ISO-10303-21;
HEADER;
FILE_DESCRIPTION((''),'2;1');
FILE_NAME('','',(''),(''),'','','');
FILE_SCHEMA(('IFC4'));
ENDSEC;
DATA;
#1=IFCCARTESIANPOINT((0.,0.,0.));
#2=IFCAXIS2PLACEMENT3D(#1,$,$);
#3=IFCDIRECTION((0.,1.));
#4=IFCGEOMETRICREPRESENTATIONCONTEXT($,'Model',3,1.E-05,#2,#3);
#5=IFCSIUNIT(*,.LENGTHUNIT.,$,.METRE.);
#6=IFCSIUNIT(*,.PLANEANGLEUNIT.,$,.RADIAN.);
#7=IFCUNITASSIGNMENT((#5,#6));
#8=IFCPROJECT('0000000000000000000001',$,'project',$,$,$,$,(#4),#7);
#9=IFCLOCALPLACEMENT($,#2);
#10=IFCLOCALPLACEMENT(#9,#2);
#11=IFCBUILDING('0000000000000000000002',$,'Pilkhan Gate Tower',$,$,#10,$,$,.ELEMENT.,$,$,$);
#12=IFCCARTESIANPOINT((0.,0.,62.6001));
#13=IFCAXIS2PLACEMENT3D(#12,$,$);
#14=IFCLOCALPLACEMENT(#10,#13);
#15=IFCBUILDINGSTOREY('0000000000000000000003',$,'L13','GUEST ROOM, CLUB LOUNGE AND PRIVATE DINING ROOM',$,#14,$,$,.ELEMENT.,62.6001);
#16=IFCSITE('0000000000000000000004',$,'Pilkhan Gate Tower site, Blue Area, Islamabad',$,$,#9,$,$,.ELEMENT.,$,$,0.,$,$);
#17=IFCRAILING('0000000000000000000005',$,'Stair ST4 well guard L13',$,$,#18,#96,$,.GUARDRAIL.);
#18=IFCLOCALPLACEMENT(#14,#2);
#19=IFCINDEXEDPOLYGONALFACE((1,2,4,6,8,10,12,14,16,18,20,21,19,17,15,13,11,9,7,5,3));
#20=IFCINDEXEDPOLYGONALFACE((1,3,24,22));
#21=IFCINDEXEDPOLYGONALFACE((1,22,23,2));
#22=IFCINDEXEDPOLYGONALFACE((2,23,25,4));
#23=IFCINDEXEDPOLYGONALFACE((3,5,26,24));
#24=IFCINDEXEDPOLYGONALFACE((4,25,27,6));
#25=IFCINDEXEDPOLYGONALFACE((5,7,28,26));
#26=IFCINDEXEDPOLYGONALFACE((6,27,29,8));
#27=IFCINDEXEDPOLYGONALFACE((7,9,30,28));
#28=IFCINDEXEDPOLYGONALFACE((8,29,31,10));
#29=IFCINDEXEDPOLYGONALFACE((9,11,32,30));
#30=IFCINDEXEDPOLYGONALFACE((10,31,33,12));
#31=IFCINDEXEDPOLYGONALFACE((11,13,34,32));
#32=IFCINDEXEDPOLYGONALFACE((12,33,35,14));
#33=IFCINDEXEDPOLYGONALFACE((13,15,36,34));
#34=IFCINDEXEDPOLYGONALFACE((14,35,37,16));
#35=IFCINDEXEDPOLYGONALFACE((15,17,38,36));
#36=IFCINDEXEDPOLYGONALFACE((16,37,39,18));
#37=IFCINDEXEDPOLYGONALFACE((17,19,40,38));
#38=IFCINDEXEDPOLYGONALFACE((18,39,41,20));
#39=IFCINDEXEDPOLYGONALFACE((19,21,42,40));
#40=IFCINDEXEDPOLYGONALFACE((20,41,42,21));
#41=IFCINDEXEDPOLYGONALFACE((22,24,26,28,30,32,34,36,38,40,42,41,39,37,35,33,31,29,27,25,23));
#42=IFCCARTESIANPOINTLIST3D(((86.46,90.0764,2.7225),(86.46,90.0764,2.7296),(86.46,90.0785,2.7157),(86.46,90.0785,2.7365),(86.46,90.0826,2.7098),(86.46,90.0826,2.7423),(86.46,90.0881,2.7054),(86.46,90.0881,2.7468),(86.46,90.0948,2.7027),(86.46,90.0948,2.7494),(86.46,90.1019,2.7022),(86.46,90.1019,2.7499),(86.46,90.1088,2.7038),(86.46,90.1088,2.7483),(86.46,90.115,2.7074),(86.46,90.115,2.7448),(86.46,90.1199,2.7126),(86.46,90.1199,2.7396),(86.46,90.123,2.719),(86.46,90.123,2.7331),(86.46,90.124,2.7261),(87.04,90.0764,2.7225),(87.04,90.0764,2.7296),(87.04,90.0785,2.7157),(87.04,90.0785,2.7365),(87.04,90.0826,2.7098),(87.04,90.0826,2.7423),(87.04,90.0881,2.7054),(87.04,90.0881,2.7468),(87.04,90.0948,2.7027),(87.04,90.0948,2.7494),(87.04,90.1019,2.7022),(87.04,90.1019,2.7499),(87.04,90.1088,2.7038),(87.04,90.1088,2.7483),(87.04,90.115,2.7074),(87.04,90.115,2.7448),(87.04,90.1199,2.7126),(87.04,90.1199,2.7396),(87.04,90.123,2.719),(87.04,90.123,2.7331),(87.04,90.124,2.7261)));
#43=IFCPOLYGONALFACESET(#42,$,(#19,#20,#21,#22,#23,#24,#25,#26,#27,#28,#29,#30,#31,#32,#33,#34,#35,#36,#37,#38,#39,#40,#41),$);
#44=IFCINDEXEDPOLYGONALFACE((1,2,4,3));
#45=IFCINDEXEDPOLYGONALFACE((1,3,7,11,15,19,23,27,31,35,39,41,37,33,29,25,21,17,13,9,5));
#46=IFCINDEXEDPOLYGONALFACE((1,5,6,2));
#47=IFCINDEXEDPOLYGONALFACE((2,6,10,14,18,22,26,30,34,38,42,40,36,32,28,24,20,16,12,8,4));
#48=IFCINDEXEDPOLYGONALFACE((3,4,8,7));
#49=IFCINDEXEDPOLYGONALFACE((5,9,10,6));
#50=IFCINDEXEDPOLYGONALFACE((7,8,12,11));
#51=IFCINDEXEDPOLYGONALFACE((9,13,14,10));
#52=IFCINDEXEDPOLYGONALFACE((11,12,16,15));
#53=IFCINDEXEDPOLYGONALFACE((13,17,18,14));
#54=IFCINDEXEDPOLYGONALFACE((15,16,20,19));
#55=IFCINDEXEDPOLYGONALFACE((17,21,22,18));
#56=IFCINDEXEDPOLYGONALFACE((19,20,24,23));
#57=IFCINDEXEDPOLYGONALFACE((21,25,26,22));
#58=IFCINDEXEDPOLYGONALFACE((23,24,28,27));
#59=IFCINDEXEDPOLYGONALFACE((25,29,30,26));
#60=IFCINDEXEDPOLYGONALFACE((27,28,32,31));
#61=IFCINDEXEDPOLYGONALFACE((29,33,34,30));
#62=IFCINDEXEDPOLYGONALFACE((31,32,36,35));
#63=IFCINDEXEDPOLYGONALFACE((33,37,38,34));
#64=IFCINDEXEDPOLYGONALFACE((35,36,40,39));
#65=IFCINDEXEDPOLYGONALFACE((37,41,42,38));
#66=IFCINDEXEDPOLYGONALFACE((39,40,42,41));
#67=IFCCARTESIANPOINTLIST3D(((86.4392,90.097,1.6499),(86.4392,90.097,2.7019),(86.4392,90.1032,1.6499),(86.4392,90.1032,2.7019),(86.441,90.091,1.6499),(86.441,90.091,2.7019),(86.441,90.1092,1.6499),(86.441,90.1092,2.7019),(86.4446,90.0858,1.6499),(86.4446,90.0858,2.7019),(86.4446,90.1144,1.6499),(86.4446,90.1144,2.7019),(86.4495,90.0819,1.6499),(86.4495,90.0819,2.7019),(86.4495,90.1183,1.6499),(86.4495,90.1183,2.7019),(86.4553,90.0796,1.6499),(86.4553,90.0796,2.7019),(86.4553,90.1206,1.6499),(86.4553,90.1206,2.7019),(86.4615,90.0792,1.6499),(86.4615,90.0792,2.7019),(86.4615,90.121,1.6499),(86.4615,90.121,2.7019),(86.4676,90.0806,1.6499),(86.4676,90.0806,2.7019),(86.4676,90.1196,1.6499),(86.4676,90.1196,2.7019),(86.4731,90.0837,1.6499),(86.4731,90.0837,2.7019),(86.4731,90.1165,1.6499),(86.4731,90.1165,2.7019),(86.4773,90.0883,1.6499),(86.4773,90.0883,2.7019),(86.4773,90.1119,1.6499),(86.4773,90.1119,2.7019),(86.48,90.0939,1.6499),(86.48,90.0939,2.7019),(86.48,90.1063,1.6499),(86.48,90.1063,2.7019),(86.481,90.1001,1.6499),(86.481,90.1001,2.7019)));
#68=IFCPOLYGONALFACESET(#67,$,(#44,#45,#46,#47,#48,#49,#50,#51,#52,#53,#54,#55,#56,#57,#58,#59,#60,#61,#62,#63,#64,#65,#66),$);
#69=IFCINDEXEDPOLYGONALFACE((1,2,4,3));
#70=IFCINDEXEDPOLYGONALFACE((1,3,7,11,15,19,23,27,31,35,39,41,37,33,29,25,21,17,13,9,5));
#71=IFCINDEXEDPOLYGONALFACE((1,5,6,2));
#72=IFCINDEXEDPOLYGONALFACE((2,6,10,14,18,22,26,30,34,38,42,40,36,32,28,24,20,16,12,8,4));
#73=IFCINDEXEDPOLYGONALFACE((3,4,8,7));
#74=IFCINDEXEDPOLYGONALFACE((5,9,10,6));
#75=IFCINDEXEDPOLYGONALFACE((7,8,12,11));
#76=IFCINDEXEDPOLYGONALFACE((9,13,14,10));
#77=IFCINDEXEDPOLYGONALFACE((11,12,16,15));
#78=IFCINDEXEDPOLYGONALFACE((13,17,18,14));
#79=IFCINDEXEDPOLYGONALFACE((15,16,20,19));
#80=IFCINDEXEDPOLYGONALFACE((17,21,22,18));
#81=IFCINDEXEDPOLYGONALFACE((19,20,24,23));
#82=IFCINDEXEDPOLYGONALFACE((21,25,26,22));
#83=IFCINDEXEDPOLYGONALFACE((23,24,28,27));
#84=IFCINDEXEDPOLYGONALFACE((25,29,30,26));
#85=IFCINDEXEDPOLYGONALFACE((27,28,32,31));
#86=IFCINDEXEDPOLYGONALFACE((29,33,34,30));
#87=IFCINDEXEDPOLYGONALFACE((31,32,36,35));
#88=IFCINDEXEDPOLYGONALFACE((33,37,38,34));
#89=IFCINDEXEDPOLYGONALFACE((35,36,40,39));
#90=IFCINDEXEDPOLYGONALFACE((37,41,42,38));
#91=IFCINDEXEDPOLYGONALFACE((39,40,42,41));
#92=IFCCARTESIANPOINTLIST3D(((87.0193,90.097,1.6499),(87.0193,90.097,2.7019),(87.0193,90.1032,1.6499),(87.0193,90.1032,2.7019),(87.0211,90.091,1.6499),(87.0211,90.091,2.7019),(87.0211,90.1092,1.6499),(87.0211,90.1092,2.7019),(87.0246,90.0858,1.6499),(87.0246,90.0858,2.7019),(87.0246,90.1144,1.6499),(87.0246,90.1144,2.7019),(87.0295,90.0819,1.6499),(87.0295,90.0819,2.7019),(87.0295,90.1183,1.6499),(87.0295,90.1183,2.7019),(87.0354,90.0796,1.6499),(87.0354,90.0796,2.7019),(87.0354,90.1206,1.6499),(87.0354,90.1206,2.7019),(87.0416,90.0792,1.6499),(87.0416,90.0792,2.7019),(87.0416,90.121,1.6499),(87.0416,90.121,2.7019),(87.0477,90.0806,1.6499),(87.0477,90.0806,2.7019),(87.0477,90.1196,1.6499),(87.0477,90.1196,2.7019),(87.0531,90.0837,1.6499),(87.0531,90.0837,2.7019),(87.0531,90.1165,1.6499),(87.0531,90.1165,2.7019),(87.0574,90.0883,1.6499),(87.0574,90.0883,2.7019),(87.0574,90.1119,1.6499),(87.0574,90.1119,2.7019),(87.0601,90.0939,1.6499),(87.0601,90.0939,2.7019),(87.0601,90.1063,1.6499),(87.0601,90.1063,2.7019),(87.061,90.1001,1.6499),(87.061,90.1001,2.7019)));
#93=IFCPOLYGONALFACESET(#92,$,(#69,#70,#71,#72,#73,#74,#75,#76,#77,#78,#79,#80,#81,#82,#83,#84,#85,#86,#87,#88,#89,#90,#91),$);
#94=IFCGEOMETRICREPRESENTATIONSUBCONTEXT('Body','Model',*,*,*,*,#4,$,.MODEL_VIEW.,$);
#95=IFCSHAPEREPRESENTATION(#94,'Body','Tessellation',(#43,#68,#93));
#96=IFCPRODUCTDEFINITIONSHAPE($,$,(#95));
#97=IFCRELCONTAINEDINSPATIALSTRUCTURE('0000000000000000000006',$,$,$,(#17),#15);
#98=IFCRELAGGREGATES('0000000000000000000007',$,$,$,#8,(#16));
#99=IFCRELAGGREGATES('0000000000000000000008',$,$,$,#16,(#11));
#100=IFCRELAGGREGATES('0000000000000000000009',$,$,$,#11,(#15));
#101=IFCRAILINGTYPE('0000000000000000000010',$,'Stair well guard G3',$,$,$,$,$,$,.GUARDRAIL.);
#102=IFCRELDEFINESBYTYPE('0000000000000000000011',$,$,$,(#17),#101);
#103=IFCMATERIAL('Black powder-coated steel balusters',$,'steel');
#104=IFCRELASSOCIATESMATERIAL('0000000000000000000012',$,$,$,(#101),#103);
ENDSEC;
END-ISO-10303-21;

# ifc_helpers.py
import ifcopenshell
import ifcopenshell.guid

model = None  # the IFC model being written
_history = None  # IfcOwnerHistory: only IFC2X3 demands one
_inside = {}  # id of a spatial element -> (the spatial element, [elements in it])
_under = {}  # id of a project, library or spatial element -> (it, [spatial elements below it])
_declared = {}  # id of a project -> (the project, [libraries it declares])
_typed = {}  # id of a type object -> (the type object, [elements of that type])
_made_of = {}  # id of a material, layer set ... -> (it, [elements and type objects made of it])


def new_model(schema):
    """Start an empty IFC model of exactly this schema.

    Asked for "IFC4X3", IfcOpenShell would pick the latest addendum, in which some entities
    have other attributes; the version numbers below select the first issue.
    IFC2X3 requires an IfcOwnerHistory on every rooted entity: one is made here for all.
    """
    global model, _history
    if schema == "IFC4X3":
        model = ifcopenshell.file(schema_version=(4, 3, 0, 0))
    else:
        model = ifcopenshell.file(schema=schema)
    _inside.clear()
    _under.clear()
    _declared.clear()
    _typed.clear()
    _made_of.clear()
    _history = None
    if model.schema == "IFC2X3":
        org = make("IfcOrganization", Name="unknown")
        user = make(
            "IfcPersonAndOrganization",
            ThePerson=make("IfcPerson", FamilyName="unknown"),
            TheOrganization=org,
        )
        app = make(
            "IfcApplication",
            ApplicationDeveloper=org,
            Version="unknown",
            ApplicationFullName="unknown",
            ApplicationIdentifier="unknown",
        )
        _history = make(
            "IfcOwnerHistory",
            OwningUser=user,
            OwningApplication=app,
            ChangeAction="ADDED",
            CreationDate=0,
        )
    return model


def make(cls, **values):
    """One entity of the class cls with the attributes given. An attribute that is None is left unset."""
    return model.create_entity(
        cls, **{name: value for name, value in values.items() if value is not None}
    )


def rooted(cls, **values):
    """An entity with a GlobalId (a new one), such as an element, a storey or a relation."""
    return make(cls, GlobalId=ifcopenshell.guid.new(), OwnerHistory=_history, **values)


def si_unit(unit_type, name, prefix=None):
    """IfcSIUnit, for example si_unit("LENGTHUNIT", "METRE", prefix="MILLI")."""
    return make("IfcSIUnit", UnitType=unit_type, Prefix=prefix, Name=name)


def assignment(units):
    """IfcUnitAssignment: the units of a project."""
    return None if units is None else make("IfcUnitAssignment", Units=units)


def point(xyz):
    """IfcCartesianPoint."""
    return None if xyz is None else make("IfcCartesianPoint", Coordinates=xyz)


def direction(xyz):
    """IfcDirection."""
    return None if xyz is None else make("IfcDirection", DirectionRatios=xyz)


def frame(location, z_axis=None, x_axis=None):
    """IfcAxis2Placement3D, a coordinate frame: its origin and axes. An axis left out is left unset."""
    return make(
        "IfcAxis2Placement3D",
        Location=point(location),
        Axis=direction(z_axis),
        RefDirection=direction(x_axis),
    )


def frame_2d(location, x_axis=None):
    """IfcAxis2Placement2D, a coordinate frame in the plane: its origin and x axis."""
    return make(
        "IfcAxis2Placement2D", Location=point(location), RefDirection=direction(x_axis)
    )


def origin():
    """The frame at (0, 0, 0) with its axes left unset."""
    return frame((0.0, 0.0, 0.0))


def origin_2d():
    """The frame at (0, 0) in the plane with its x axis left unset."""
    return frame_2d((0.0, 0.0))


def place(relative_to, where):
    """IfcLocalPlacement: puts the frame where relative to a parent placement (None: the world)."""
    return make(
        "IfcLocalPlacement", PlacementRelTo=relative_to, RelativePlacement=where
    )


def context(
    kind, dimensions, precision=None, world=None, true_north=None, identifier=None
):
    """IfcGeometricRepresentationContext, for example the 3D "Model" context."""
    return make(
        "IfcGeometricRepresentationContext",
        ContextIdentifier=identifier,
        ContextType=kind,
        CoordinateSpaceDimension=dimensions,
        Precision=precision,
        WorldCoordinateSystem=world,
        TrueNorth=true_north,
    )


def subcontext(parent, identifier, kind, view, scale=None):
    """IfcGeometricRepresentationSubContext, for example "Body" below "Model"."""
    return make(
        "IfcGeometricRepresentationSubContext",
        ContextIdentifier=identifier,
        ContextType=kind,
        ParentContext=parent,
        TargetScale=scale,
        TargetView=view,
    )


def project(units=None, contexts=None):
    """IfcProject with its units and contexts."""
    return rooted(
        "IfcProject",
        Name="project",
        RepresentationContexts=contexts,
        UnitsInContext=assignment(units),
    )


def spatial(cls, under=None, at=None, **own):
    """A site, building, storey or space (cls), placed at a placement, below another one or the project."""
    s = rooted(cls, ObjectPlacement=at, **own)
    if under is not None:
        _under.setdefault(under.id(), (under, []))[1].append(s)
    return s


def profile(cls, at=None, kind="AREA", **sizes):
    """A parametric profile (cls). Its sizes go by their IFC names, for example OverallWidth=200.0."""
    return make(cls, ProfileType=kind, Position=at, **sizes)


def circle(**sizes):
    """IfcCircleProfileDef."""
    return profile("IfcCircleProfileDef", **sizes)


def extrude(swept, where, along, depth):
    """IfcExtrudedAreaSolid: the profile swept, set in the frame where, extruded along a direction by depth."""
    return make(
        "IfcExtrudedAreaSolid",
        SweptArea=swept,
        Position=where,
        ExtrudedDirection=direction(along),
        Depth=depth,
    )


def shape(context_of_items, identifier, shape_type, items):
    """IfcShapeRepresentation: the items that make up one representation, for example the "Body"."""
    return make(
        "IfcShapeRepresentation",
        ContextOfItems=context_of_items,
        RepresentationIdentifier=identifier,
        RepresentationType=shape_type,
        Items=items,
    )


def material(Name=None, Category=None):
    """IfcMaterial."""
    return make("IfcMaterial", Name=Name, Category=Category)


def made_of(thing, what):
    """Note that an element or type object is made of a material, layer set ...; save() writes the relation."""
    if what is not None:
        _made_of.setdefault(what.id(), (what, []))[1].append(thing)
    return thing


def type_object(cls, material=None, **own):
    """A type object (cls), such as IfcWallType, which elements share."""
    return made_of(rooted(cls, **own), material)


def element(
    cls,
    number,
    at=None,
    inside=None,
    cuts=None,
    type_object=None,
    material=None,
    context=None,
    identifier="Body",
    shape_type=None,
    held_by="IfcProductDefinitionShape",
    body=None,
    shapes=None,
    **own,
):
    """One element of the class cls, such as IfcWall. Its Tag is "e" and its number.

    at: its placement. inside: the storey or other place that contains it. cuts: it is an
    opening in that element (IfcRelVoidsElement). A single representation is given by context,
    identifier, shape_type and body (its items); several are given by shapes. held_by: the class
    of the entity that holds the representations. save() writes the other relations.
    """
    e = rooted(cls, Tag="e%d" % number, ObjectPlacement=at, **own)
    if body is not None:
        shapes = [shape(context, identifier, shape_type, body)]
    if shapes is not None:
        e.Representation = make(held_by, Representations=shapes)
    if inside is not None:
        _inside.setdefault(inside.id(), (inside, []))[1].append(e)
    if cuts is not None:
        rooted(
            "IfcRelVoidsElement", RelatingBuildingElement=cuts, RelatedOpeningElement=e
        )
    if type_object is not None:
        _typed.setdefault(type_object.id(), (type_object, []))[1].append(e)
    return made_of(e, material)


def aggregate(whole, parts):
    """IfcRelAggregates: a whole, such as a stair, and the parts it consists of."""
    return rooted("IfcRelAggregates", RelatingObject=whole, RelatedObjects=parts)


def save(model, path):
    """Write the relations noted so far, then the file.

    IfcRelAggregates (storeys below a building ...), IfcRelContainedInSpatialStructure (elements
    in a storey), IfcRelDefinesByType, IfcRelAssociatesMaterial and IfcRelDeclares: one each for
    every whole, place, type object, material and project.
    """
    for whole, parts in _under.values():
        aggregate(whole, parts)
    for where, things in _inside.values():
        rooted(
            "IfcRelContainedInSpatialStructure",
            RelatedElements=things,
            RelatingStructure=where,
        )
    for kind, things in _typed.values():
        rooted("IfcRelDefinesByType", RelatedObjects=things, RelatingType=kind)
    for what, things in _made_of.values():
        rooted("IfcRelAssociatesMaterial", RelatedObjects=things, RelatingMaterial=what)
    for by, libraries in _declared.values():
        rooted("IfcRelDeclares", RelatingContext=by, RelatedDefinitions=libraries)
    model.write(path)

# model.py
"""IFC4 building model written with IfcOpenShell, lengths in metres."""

from ifc_helpers import new_model, si_unit, direction, frame, origin, origin_2d, place, context, subcontext, project, spatial, circle, extrude, material, type_object, element, save


model = new_model("IFC4")

# Units and contexts
model_context = context("Model", 3, precision=1e-05, world=origin(), true_north=direction((0.0, 1.0)))
body_context = subcontext(model_context, "Body", "Model", "MODEL_VIEW")
ifc_project = project(units=[si_unit("LENGTHUNIT", "METRE"), si_unit("PLANEANGLEUNIT", "RADIAN")], contexts=[model_context])

# Site, building, storey
site_placement = place(None, origin())
site = spatial("IfcSite", under=ifc_project, at=site_placement, Name="Pilkhan Gate Tower site, Blue Area, Islamabad", CompositionType="ELEMENT", RefElevation=0.0)
building_placement = place(site_placement, origin())
building = spatial("IfcBuilding", under=site, at=building_placement, Name="Pilkhan Gate Tower", CompositionType="ELEMENT")
storey_placement = place(building_placement, frame((0.0, 0.0, 62.6001)))
storey = spatial("IfcBuildingStorey", under=building, at=storey_placement, Name="L13", Description="GUEST ROOM, CLUB LOUNGE AND PRIVATE DINING ROOM", CompositionType="ELEMENT", Elevation=62.6001)

# Railing
ifc_material_1 = material(Name="Black powder-coated steel balusters", Category="steel")
railing_type_1 = type_object("IfcRailingType", Name="Stair well guard G3", PredefinedType="GUARDRAIL", material=ifc_material_1)
for number, where, name in (
    (1, (86.46, 90.1001, 1.6499), "Stair ST4 well guard L13"),
):
    element("IfcRailing", number, at=place(storey_placement, frame(where)), inside=storey, type_object=railing_type_1, Name=name, PredefinedType="GUARDRAIL", context=body_context, shape_type="SweptSolid", body=[
        extrude(circle(Radius=0.0239, at=origin_2d()), frame((0.0, 0.0, 1.0762), z_axis=(1.0, 0.0, 0.0), x_axis=(0.0, 1.0, 0.0)), (0.0, 0.0, 1.0), 0.5801),
        extrude(circle(Radius=0.021, at=origin_2d()), origin(), (0.0, 0.0, 1.0), 1.052),
        extrude(circle(Radius=0.021, at=origin_2d()), frame((0.5801, 0.0, 0.0)), (0.0, 0.0, 1.0), 1.052),
    ])

save(model, "model.ifc")
